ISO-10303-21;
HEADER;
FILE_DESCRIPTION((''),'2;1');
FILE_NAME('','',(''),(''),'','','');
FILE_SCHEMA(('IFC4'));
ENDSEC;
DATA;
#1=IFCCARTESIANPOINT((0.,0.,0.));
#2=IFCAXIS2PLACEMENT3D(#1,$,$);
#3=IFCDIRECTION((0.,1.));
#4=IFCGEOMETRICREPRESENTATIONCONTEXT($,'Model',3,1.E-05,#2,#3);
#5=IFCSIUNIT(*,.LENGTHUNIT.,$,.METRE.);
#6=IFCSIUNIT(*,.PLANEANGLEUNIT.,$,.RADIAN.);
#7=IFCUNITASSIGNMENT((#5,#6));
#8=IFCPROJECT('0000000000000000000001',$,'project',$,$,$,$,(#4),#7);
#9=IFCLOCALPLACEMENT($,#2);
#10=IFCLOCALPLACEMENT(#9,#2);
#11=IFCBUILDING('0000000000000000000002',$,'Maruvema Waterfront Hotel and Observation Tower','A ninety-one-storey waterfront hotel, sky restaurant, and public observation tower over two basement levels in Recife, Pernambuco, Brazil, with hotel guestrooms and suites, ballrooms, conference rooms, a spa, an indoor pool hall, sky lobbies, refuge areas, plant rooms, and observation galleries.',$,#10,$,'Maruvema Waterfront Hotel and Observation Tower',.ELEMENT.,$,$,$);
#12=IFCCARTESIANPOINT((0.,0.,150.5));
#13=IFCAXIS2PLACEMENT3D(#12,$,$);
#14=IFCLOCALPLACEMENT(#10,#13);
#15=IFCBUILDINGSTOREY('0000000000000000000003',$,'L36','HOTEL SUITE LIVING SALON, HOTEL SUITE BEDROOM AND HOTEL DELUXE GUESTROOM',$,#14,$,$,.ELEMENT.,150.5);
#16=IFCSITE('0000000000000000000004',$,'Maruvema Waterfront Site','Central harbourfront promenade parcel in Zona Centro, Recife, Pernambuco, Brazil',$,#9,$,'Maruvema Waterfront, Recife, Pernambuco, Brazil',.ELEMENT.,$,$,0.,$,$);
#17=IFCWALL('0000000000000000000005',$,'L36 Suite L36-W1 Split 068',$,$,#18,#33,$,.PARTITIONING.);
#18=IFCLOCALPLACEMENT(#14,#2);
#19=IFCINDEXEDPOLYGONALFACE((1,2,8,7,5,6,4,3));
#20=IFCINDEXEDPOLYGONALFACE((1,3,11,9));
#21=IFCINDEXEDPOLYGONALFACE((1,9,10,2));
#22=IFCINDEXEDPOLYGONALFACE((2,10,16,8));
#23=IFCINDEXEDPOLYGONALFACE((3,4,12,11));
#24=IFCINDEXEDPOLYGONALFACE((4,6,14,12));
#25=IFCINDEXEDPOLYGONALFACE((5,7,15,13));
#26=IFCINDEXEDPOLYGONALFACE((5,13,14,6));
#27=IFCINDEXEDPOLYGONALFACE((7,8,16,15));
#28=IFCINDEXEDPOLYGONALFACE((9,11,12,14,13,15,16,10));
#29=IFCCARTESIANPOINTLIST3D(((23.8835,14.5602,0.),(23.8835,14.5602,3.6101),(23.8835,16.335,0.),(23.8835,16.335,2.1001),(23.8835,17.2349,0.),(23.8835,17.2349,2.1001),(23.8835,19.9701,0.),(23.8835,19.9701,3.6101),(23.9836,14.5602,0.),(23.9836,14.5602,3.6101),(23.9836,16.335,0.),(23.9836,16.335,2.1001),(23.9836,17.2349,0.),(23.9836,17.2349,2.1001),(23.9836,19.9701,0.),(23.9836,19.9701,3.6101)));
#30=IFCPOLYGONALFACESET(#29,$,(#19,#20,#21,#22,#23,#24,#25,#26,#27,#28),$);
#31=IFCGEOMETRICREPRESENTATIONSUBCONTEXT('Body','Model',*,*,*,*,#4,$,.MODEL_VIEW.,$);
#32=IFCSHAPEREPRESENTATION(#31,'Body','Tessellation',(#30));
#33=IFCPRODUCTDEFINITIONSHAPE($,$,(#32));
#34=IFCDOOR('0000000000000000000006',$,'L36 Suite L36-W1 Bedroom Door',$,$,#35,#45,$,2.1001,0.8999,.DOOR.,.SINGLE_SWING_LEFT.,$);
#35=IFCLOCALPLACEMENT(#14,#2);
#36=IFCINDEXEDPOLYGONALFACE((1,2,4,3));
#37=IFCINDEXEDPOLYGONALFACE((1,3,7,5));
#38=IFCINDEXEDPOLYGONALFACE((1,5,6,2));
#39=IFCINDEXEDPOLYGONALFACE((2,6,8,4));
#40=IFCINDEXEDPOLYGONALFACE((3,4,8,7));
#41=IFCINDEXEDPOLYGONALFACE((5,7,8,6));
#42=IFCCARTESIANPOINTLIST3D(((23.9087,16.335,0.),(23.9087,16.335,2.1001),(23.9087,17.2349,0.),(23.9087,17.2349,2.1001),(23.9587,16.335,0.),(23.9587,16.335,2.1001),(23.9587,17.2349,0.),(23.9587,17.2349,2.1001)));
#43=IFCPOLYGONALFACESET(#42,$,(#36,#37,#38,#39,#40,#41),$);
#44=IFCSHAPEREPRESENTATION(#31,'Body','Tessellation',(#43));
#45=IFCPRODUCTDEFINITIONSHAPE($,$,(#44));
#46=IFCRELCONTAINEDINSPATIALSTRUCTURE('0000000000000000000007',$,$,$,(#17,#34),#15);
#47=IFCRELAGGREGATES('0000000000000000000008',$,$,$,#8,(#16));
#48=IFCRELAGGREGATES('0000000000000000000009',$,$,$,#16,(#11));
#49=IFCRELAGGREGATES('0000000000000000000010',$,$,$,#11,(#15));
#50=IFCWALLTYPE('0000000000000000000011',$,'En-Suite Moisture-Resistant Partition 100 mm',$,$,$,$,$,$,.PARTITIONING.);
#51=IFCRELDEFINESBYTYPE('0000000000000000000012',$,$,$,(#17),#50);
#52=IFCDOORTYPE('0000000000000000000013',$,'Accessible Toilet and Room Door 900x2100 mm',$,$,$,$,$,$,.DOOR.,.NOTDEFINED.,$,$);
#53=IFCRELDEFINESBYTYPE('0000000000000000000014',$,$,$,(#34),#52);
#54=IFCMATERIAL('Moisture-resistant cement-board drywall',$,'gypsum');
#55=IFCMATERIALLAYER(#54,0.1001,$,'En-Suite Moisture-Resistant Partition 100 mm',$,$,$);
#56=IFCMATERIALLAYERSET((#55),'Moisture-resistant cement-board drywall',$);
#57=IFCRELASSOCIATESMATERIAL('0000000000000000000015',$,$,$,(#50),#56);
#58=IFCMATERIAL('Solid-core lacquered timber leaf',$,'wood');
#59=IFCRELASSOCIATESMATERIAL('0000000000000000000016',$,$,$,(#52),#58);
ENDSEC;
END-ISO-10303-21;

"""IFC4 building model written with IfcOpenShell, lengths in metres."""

from ifc_helpers import new_model, si_unit, direction, frame, frame_2d, origin, place, context, subcontext, project, spatial, rectangle, extrude, material, layer, layer_set, type_object, element, fill, save


model = new_model("IFC4")

# Units and contexts
model_context = context("Model", 3, precision=1e-05, world=origin(), true_north=direction((0.0, 1.0)))
body_context = subcontext(model_context, "Body", "Model", "MODEL_VIEW")
ifc_project = project(units=[si_unit("LENGTHUNIT", "METRE"), si_unit("PLANEANGLEUNIT", "RADIAN")], contexts=[model_context])

# Site, building, storey
site_placement = place(None, origin())
site = spatial("IfcSite", under=ifc_project, at=site_placement, Name="Maruvema Waterfront Site", Description="Central harbourfront promenade parcel in Zona Centro, Recife, Pernambuco, Brazil", LongName="Maruvema Waterfront, Recife, Pernambuco, Brazil", CompositionType="ELEMENT", RefElevation=0.0)
building_placement = place(site_placement, origin())
building = spatial("IfcBuilding", under=site, at=building_placement, Name="Maruvema Waterfront Hotel and Observation Tower", Description="A ninety-one-storey waterfront hotel, sky restaurant, and public observation tower over two basement levels in Recife, Pernambuco, Brazil, with hotel guestrooms and suites, ballrooms, conference rooms, a spa, an indoor pool hall, sky lobbies, refuge areas, plant rooms, and observation galleries.", LongName="Maruvema Waterfront Hotel and Observation Tower", CompositionType="ELEMENT")
storey_placement = place(building_placement, frame((0.0, 0.0, 150.5)))
storey = spatial("IfcBuildingStorey", under=building, at=storey_placement, Name="L36", Description="HOTEL SUITE LIVING SALON, HOTEL SUITE BEDROOM AND HOTEL DELUXE GUESTROOM", CompositionType="ELEMENT", Elevation=150.5)

# Shared definitions
ifc_material_1 = material(Name="Moisture-resistant cement-board drywall", Category="gypsum")
ifc_layer_1 = layer(ifc_material_1, 0.1001, Name="En-Suite Moisture-Resistant Partition 100 mm")
ifc_layer_set_1 = layer_set([ifc_layer_1], Name="Moisture-resistant cement-board drywall")
wall_type_1 = type_object("IfcWallType", Name="En-Suite Moisture-Resistant Partition 100 mm", PredefinedType="PARTITIONING", material=ifc_layer_set_1)

# Wall, opening, door
wall_1_placement = place(storey_placement, frame((23.9336, 14.5601, 0.0), z_axis=(0.0, 0.0, 1.0), x_axis=(0.0, 1.0, 0.0)))
wall_1 = element("IfcWall", 1, at=wall_1_placement, inside=storey, type_object=wall_type_1, Name="L36 Suite L36-W1 Split 068", PredefinedType="PARTITIONING", context=body_context, shape_type="SweptSolid", body=[
    extrude(rectangle(XDim=5.4099, YDim=0.1001, at=frame_2d((2.7051, 0.0))), origin(), (0.0, 0.0, 1.0), 3.6101),
])
opening_1_placement = place(wall_1_placement, frame((1.7749, 0.0, 0.0)))
opening_1 = element("IfcOpeningElement", 2, at=opening_1_placement, cuts=wall_1, PredefinedType="OPENING", context=body_context, shape_type="SweptSolid", body=[
    extrude(rectangle(XDim=0.8999, YDim=2.1001, at=frame_2d((0.45, 1.05))), frame((0.0, 0.0601, 0.0), z_axis=(0.0, -1.0, 0.0), x_axis=(1.0, 0.0, 0.0)), (0.0, 0.0, 1.0), 0.1201),
])
ifc_material_2 = material(Name="Solid-core lacquered timber leaf", Category="wood")
door_type_1 = type_object("IfcDoorType", Name="Accessible Toilet and Room Door 900x2100 mm", OperationType="NOTDEFINED", PredefinedType="DOOR", material=ifc_material_2)
door_1_placement = place(opening_1_placement, origin())
door_1 = element("IfcDoor", 3, at=door_1_placement, inside=storey, type_object=door_type_1, Name="L36 Suite L36-W1 Bedroom Door", OperationType="SINGLE_SWING_LEFT", OverallHeight=2.1001, OverallWidth=0.8999, PredefinedType="DOOR", context=body_context, shape_type="SweptSolid", body=[
    extrude(rectangle(XDim=0.8999, YDim=2.1001, at=frame_2d((0.45, 1.05))), frame((0.0, 0.0249, 0.0), z_axis=(0.0, -1.0, 0.0), x_axis=(1.0, 0.0, 0.0)), (0.0, 0.0, 1.0), 0.05),
])
fill(opening_1, door_1)

save(model, "model.ifc")
